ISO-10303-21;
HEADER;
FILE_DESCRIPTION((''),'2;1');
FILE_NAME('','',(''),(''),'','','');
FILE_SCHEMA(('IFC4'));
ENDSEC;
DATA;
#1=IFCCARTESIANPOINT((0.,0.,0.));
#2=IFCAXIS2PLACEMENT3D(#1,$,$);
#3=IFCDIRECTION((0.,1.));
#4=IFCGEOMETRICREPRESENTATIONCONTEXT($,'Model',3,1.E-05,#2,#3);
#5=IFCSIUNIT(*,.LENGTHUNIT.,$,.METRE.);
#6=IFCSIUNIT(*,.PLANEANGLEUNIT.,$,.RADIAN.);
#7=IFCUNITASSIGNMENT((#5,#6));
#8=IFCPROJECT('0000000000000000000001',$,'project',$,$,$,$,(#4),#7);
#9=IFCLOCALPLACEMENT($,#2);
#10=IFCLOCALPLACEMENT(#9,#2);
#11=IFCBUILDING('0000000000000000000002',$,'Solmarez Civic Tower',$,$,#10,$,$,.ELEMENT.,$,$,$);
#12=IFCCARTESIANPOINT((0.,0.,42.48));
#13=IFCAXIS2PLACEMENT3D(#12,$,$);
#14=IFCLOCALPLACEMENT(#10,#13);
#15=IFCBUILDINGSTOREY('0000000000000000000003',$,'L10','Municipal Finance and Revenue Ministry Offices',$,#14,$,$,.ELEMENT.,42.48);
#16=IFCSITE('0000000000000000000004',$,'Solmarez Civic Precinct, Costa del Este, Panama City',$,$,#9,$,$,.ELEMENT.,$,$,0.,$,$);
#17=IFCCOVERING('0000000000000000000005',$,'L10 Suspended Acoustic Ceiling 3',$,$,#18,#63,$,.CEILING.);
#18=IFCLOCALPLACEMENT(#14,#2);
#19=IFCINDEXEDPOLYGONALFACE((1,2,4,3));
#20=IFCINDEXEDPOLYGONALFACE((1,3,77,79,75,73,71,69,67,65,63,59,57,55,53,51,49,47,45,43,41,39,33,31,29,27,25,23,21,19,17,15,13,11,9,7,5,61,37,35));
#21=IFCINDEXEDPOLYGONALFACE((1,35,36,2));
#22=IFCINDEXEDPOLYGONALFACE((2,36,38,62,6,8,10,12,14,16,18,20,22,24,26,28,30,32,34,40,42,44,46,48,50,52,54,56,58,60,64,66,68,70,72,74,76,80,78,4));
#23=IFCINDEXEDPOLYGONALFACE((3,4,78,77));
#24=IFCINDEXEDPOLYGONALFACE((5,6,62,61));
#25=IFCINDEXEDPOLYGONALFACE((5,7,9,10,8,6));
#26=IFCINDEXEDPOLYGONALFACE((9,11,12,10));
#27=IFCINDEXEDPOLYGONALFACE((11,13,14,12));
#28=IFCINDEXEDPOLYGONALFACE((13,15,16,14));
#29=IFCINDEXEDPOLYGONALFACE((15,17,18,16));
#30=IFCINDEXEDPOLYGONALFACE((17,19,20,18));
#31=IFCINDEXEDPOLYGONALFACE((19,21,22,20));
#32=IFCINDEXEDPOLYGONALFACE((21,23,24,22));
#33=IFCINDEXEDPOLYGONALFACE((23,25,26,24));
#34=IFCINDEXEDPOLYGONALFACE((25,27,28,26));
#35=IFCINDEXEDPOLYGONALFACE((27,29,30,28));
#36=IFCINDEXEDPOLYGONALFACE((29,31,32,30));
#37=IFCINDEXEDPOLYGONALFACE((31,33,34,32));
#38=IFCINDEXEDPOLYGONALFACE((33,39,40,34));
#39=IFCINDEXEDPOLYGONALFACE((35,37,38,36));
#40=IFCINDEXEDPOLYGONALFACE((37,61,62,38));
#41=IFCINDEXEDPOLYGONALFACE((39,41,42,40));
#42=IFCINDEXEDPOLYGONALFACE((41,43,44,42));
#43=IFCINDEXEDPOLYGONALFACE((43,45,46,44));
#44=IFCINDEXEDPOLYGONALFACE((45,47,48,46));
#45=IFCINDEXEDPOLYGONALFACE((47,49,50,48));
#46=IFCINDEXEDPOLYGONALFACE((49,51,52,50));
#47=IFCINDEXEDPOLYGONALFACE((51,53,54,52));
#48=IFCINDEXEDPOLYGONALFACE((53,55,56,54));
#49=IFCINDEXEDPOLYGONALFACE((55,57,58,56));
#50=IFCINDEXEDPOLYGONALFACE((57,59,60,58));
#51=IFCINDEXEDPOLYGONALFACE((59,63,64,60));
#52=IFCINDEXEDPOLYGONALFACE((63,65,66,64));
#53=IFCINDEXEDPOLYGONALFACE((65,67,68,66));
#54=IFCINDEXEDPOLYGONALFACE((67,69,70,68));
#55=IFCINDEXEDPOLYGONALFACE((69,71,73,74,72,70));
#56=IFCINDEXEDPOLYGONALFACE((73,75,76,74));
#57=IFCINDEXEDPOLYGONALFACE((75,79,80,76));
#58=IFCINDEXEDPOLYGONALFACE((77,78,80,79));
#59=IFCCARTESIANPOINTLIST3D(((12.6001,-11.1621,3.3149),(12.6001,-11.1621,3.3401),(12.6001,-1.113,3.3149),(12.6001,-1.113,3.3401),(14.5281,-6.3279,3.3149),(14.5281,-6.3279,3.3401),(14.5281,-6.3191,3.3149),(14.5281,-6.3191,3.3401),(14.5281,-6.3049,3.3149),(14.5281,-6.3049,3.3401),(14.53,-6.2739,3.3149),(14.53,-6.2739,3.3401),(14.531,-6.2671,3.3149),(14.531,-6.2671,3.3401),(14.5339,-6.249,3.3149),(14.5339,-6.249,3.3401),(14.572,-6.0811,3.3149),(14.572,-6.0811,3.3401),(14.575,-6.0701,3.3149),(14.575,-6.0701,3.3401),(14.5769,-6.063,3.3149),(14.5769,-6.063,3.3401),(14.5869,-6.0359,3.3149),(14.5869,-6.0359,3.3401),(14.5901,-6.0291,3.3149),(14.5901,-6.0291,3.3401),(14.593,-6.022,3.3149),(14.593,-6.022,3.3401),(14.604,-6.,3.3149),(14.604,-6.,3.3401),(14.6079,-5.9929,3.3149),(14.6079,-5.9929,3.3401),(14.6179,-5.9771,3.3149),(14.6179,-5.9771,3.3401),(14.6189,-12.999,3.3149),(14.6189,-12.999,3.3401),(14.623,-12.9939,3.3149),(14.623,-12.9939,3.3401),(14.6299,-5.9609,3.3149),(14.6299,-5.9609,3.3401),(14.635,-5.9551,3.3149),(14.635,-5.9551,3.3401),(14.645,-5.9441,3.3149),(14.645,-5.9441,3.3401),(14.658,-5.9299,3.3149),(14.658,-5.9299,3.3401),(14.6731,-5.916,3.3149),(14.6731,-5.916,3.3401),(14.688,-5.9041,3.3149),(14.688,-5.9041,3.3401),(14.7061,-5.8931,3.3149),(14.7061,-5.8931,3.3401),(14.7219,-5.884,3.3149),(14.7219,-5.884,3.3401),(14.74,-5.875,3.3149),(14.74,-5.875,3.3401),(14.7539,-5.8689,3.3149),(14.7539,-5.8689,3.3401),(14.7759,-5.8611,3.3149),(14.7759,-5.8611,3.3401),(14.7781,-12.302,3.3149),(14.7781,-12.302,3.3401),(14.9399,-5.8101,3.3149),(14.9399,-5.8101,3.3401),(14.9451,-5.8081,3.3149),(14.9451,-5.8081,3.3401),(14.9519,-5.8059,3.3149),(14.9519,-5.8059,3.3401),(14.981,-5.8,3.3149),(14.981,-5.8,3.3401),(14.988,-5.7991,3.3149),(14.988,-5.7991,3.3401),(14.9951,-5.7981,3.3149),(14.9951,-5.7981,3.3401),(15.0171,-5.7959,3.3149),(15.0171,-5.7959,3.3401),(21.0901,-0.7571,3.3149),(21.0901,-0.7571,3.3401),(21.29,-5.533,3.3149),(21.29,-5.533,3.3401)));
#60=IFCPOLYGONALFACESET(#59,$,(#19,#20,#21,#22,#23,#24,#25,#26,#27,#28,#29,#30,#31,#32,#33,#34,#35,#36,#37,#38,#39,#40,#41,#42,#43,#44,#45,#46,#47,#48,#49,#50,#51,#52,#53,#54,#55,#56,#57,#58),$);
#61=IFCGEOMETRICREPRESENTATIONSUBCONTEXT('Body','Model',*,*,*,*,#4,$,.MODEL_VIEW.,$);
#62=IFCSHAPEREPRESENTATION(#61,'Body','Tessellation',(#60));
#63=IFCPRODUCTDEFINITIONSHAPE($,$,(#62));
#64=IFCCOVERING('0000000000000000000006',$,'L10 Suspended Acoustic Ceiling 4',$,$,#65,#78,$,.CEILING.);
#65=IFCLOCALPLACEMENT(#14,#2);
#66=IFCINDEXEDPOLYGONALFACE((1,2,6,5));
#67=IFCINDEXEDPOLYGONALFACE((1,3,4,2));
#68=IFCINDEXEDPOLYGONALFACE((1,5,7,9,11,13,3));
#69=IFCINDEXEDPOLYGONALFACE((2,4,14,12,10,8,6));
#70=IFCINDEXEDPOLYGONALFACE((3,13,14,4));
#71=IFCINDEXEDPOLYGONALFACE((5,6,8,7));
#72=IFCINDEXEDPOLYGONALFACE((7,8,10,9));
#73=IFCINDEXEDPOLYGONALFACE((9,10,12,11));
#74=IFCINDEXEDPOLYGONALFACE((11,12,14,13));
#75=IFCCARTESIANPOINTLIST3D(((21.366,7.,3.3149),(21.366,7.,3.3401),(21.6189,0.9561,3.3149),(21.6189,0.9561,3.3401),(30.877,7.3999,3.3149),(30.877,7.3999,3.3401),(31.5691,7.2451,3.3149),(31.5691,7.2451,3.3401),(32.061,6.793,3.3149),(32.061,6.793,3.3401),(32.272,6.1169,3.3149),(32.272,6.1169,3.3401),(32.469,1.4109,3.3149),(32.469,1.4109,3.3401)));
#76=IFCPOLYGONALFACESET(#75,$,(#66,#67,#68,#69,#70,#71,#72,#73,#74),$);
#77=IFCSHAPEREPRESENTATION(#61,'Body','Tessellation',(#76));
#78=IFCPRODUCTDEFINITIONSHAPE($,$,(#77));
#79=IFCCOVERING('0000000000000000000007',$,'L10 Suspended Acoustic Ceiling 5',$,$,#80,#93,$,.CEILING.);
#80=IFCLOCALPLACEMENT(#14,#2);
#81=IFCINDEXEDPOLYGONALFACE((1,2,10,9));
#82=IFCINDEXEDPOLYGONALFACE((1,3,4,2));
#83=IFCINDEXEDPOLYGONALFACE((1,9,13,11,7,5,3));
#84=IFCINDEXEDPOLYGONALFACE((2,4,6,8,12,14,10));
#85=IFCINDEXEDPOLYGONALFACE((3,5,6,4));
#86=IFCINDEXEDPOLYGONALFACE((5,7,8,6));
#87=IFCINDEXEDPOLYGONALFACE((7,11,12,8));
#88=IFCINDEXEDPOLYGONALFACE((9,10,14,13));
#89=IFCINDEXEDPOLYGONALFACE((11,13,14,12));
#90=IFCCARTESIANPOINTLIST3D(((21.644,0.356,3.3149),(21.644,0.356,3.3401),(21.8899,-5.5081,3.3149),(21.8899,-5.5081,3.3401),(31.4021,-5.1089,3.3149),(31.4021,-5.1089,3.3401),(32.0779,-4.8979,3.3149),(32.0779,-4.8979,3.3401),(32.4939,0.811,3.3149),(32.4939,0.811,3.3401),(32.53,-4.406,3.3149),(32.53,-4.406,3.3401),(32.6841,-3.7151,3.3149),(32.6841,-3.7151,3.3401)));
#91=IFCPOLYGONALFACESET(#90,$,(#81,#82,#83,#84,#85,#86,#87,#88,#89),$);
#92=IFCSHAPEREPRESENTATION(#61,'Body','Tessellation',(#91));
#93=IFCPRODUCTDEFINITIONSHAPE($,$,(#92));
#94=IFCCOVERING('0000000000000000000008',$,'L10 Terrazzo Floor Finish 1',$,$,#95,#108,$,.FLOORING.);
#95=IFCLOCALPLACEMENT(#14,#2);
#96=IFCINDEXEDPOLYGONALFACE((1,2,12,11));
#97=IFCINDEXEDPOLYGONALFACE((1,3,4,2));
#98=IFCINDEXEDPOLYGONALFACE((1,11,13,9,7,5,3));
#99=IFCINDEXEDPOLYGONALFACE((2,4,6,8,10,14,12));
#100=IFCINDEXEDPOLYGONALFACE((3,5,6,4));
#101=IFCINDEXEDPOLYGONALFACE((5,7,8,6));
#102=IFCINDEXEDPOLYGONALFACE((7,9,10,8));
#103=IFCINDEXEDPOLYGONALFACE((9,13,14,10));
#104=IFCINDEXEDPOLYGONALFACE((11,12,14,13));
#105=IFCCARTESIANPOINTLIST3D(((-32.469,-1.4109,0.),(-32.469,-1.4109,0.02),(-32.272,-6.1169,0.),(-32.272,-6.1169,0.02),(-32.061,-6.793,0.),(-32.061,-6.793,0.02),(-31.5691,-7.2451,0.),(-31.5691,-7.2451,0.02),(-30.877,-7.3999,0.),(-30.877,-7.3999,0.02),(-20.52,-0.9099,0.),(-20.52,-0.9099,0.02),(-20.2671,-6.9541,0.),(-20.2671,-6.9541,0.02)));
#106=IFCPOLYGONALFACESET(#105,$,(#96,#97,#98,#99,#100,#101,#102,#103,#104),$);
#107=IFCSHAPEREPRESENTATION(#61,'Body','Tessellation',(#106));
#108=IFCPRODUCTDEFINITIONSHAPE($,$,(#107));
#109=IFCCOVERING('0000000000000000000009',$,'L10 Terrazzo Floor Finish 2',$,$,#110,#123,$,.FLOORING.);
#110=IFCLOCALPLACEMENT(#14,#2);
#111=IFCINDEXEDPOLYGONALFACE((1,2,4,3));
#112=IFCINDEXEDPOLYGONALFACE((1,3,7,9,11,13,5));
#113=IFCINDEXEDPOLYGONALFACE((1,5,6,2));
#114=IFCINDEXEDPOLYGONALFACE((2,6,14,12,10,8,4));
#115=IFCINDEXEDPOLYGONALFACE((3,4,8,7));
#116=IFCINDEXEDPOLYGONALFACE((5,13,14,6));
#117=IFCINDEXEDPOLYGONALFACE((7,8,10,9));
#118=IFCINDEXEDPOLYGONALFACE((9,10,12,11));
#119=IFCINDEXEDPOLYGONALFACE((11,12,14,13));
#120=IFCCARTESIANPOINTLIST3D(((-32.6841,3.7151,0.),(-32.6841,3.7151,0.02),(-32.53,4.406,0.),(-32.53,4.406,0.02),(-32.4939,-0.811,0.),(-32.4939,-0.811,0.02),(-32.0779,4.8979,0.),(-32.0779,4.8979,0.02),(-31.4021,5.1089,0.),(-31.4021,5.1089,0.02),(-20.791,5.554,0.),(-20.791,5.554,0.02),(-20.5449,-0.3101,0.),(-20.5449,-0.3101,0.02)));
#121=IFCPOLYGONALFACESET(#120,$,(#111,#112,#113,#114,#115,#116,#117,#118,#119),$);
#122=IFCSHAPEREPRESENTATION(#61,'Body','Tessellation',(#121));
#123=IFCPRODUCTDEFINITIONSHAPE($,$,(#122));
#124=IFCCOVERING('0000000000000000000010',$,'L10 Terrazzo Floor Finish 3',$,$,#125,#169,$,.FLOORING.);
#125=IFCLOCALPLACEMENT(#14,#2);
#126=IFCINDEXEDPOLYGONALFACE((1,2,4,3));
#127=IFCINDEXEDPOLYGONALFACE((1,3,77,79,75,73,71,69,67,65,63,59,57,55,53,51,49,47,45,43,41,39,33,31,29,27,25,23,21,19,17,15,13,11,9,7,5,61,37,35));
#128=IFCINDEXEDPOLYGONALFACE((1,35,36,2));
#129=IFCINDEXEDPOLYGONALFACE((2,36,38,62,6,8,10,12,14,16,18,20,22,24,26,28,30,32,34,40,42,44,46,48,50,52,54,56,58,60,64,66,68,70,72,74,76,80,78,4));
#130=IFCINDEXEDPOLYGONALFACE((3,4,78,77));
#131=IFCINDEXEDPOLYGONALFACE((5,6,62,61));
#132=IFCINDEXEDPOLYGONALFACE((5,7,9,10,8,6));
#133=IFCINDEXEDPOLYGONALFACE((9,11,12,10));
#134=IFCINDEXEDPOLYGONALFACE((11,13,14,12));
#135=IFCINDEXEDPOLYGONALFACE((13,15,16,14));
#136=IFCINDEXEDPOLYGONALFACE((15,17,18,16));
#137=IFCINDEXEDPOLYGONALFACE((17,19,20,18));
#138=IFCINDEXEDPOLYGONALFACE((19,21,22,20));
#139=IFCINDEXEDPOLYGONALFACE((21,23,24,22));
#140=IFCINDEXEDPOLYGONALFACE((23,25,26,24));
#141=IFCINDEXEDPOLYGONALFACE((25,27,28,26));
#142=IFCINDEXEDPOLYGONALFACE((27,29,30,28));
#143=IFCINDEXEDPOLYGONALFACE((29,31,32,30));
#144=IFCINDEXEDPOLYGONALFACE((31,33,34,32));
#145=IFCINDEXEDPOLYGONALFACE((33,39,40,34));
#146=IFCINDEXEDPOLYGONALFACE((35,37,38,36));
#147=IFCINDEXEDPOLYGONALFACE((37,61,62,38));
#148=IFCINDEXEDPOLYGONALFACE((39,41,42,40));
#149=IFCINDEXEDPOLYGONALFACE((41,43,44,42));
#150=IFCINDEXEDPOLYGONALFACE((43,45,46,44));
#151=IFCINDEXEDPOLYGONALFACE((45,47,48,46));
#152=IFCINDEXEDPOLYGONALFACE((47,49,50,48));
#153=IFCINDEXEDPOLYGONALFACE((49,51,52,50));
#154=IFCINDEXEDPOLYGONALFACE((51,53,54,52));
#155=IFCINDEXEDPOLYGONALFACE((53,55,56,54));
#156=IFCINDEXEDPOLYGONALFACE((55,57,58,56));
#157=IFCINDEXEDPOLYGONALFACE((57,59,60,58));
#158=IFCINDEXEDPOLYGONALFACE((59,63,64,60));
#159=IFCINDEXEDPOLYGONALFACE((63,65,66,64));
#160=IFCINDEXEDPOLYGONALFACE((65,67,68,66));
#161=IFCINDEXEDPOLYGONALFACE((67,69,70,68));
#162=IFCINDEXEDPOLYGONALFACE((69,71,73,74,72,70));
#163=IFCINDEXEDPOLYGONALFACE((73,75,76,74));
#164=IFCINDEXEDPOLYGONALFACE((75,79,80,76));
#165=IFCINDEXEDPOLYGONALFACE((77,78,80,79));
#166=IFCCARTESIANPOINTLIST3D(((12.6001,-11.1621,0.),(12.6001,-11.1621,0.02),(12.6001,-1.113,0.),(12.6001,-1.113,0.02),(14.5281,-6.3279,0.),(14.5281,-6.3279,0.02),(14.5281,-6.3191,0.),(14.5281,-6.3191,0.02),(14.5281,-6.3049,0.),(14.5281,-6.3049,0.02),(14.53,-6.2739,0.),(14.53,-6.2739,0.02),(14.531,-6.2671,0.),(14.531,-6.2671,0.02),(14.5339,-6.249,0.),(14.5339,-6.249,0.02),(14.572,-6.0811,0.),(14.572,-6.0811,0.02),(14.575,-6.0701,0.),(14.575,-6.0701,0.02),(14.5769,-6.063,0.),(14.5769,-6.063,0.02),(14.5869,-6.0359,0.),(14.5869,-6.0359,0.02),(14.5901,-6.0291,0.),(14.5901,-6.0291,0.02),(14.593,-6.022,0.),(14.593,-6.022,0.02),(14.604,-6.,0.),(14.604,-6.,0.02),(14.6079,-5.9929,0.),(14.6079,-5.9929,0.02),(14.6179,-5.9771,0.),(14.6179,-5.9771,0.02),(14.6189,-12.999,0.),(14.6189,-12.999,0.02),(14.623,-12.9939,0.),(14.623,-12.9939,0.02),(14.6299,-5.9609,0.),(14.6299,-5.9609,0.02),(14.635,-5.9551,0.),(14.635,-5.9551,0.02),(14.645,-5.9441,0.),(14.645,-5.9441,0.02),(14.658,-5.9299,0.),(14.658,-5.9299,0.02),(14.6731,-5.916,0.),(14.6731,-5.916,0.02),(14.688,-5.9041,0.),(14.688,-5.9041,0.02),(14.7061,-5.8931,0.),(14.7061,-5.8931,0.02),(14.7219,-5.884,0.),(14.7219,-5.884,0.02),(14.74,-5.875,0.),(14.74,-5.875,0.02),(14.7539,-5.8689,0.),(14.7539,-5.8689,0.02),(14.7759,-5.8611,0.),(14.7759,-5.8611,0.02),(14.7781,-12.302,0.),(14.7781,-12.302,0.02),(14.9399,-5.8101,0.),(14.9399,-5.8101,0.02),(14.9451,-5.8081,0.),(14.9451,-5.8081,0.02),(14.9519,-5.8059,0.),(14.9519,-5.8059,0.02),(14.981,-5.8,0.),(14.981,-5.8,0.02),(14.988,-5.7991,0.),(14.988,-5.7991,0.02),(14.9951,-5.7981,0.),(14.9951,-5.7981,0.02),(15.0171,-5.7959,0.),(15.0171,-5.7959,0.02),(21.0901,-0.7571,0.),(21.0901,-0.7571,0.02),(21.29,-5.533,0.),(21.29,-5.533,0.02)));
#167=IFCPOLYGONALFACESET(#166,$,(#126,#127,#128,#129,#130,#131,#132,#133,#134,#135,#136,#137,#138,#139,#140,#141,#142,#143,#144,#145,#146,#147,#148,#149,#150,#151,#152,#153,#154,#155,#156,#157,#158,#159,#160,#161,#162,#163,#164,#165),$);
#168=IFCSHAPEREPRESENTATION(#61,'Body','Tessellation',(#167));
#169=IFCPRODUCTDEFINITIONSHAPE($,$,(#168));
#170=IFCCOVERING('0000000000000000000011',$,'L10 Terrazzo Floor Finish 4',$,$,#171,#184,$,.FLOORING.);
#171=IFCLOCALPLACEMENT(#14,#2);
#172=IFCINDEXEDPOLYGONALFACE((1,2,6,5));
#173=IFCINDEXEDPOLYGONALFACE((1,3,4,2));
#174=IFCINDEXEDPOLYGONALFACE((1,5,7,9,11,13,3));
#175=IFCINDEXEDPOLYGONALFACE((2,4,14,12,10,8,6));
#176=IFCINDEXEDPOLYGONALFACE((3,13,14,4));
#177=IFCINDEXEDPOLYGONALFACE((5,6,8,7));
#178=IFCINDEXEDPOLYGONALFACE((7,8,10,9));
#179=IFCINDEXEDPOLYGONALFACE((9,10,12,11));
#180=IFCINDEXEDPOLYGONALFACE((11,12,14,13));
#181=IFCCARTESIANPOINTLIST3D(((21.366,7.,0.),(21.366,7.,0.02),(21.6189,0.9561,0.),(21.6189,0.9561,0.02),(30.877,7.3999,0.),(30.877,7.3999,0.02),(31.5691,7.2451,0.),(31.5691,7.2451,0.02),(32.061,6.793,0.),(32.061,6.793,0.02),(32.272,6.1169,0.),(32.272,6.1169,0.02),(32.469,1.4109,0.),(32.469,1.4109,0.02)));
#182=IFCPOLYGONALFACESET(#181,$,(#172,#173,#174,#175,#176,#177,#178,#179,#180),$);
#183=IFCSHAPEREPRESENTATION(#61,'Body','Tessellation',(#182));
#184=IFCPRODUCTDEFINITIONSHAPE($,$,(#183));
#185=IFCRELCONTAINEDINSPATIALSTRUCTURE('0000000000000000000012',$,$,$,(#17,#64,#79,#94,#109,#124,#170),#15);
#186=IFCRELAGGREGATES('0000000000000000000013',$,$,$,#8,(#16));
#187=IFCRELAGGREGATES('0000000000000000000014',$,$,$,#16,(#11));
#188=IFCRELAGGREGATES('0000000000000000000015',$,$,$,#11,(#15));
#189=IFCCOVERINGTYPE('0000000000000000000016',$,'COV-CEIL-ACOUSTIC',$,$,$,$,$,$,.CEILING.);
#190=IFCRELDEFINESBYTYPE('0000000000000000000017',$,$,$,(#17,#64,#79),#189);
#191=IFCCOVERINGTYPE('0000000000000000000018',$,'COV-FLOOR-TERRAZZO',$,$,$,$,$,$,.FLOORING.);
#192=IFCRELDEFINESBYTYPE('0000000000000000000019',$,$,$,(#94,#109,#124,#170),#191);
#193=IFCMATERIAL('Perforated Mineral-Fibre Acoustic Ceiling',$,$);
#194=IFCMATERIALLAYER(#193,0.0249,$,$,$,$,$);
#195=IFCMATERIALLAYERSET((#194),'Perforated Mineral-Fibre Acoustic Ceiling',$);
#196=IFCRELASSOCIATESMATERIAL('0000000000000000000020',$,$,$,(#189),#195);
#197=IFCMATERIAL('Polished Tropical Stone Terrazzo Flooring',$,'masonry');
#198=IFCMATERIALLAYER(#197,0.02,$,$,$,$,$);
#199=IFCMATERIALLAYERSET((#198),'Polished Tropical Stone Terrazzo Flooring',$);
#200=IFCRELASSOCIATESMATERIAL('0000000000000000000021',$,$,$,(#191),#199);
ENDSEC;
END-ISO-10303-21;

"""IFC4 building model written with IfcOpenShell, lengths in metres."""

from ifc_helpers import new_model, si_unit, direction, frame, origin, place, context, subcontext, project, spatial, polyline, outline, extrude, material, layer, layer_set, type_object, element, save


model = new_model("IFC4")

# Units and contexts
model_context = context("Model", 3, precision=1e-05, world=origin(), true_north=direction((0.0, 1.0)))
body_context = subcontext(model_context, "Body", "Model", "MODEL_VIEW")
ifc_project = project(units=[si_unit("LENGTHUNIT", "METRE"), si_unit("PLANEANGLEUNIT", "RADIAN")], contexts=[model_context])

# Site, building, storey
site_placement = place(None, origin())
site = spatial("IfcSite", under=ifc_project, at=site_placement, Name="Solmarez Civic Precinct, Costa del Este, Panama City", CompositionType="ELEMENT", RefElevation=0.0)
building_placement = place(site_placement, origin())
building = spatial("IfcBuilding", under=site, at=building_placement, Name="Solmarez Civic Tower", CompositionType="ELEMENT")
storey_placement = place(building_placement, frame((0.0, 0.0, 42.48)))
storey = spatial("IfcBuildingStorey", under=building, at=storey_placement, Name="L10", Description="Municipal Finance and Revenue Ministry Offices", CompositionType="ELEMENT", Elevation=42.48)

# Coverings
ifc_material_1 = material(Name="Perforated Mineral-Fibre Acoustic Ceiling")
ifc_layer_1 = layer(ifc_material_1, 0.0249)
ifc_layer_set_1 = layer_set([ifc_layer_1], Name="Perforated Mineral-Fibre Acoustic Ceiling")
covering_type_1 = type_object("IfcCoveringType", Name="COV-CEIL-ACOUSTIC", PredefinedType="CEILING", material=ifc_layer_set_1)
covering_1_placement = place(storey_placement, frame((0.0, 0.0, 3.3149)))
element("IfcCovering", 1, at=covering_1_placement, inside=storey, type_object=covering_type_1, Name="L10 Suspended Acoustic Ceiling 3", PredefinedType="CEILING", context=body_context, shape_type="SweptSolid", body=[
    extrude(outline(polyline([(12.6001, -1.113), (12.6001, -11.1621), (14.6189, -12.999), (14.623, -12.9939), (14.7781, -12.302), (14.5281, -6.3279), (14.5281, -6.3191), (14.5281, -6.3049), (14.53, -6.2739), (14.531, -6.2671), (14.5339, -6.249), (14.572, -6.0811), (14.575, -6.0701), (14.5769, -6.063), (14.5869, -6.0359), (14.5901, -6.0291), (14.593, -6.022), (14.604, -6.0), (14.6079, -5.9929), (14.6179, -5.9771), (14.6299, -5.9609), (14.635, -5.9551), (14.645, -5.9441), (14.658, -5.9299), (14.6731, -5.916), (14.688, -5.9041), (14.7061, -5.8931), (14.7219, -5.884), (14.74, -5.875), (14.7539, -5.8689), (14.7759, -5.8611), (14.9399, -5.8101), (14.9451, -5.8081), (14.9519, -5.8059), (14.981, -5.8), (14.988, -5.7991), (14.9951, -5.7981), (15.0171, -5.7959), (21.29, -5.533), (21.0901, -0.7571), (12.6001, -1.113)])), origin(), (0.0, 0.0, 1.0), 0.0251),
])
covering_2_placement = place(storey_placement, frame((0.0, 0.0, 3.3149)))
element("IfcCovering", 2, at=covering_2_placement, inside=storey, type_object=covering_type_1, Name="L10 Suspended Acoustic Ceiling 4", PredefinedType="CEILING", context=body_context, shape_type="SweptSolid", body=[
    extrude(outline(polyline([(32.469, 1.4109), (32.272, 6.1169), (32.061, 6.793), (31.5691, 7.2451), (30.877, 7.3999), (21.366, 7.0), (21.6189, 0.9561), (32.469, 1.4109)])), origin(), (0.0, 0.0, 1.0), 0.0251),
])
covering_3_placement = place(storey_placement, frame((0.0, 0.0, 3.3149)))
element("IfcCovering", 3, at=covering_3_placement, inside=storey, type_object=covering_type_1, Name="L10 Suspended Acoustic Ceiling 5", PredefinedType="CEILING", context=body_context, shape_type="SweptSolid", body=[
    extrude(outline(polyline([(21.8899, -5.5081), (31.4021, -5.1089), (32.0779, -4.8979), (32.53, -4.406), (32.6841, -3.7151), (32.4939, 0.811), (21.644, 0.356), (21.8899, -5.5081)])), origin(), (0.0, 0.0, 1.0), 0.0251),
])
ifc_material_2 = material(Name="Polished Tropical Stone Terrazzo Flooring", Category="masonry")
ifc_layer_2 = layer(ifc_material_2, 0.02)
ifc_layer_set_2 = layer_set([ifc_layer_2], Name="Polished Tropical Stone Terrazzo Flooring")
covering_type_2 = type_object("IfcCoveringType", Name="COV-FLOOR-TERRAZZO", PredefinedType="FLOORING", material=ifc_layer_set_2)
covering_4_placement = place(storey_placement, origin())
element("IfcCovering", 4, at=covering_4_placement, inside=storey, type_object=covering_type_2, Name="L10 Terrazzo Floor Finish 1", PredefinedType="FLOORING", context=body_context, shape_type="SweptSolid", body=[
    extrude(outline(polyline([(-32.469, -1.4109), (-32.272, -6.1169), (-32.061, -6.793), (-31.5691, -7.2451), (-30.877, -7.3999), (-20.2671, -6.9541), (-20.52, -0.9099), (-32.469, -1.4109)])), origin(), (0.0, 0.0, 1.0), 0.02),
])
covering_5_placement = place(storey_placement, origin())
element("IfcCovering", 5, at=covering_5_placement, inside=storey, type_object=covering_type_2, Name="L10 Terrazzo Floor Finish 2", PredefinedType="FLOORING", context=body_context, shape_type="SweptSolid", body=[
    extrude(outline(polyline([(-20.791, 5.554), (-31.4021, 5.1089), (-32.0779, 4.8979), (-32.53, 4.406), (-32.6841, 3.7151), (-32.4939, -0.811), (-20.5449, -0.3101), (-20.791, 5.554)])), origin(), (0.0, 0.0, 1.0), 0.02),
])
covering_6_placement = place(storey_placement, origin())
element("IfcCovering", 6, at=covering_6_placement, inside=storey, type_object=covering_type_2, Name="L10 Terrazzo Floor Finish 3", PredefinedType="FLOORING", context=body_context, shape_type="SweptSolid", body=[
    extrude(outline(polyline([(12.6001, -1.113), (12.6001, -11.1621), (14.6189, -12.999), (14.623, -12.9939), (14.7781, -12.302), (14.5281, -6.3279), (14.5281, -6.3191), (14.5281, -6.3049), (14.53, -6.2739), (14.531, -6.2671), (14.5339, -6.249), (14.572, -6.0811), (14.575, -6.0701), (14.5769, -6.063), (14.5869, -6.0359), (14.5901, -6.0291), (14.593, -6.022), (14.604, -6.0), (14.6079, -5.9929), (14.6179, -5.9771), (14.6299, -5.9609), (14.635, -5.9551), (14.645, -5.9441), (14.658, -5.9299), (14.6731, -5.916), (14.688, -5.9041), (14.7061, -5.8931), (14.7219, -5.884), (14.74, -5.875), (14.7539, -5.8689), (14.7759, -5.8611), (14.9399, -5.8101), (14.9451, -5.8081), (14.9519, -5.8059), (14.981, -5.8), (14.988, -5.7991), (14.9951, -5.7981), (15.0171, -5.7959), (21.29, -5.533), (21.0901, -0.7571), (12.6001, -1.113)])), origin(), (0.0, 0.0, 1.0), 0.02),
])
covering_7_placement = place(storey_placement, origin())
element("IfcCovering", 7, at=covering_7_placement, inside=storey, type_object=covering_type_2, Name="L10 Terrazzo Floor Finish 4", PredefinedType="FLOORING", context=body_context, shape_type="SweptSolid", body=[
    extrude(outline(polyline([(32.469, 1.4109), (32.272, 6.1169), (32.061, 6.793), (31.5691, 7.2451), (30.877, 7.3999), (21.366, 7.0), (21.6189, 0.9561), (32.469, 1.4109)])), origin(), (0.0, 0.0, 1.0), 0.02),
])

save(model, "model.ifc")
